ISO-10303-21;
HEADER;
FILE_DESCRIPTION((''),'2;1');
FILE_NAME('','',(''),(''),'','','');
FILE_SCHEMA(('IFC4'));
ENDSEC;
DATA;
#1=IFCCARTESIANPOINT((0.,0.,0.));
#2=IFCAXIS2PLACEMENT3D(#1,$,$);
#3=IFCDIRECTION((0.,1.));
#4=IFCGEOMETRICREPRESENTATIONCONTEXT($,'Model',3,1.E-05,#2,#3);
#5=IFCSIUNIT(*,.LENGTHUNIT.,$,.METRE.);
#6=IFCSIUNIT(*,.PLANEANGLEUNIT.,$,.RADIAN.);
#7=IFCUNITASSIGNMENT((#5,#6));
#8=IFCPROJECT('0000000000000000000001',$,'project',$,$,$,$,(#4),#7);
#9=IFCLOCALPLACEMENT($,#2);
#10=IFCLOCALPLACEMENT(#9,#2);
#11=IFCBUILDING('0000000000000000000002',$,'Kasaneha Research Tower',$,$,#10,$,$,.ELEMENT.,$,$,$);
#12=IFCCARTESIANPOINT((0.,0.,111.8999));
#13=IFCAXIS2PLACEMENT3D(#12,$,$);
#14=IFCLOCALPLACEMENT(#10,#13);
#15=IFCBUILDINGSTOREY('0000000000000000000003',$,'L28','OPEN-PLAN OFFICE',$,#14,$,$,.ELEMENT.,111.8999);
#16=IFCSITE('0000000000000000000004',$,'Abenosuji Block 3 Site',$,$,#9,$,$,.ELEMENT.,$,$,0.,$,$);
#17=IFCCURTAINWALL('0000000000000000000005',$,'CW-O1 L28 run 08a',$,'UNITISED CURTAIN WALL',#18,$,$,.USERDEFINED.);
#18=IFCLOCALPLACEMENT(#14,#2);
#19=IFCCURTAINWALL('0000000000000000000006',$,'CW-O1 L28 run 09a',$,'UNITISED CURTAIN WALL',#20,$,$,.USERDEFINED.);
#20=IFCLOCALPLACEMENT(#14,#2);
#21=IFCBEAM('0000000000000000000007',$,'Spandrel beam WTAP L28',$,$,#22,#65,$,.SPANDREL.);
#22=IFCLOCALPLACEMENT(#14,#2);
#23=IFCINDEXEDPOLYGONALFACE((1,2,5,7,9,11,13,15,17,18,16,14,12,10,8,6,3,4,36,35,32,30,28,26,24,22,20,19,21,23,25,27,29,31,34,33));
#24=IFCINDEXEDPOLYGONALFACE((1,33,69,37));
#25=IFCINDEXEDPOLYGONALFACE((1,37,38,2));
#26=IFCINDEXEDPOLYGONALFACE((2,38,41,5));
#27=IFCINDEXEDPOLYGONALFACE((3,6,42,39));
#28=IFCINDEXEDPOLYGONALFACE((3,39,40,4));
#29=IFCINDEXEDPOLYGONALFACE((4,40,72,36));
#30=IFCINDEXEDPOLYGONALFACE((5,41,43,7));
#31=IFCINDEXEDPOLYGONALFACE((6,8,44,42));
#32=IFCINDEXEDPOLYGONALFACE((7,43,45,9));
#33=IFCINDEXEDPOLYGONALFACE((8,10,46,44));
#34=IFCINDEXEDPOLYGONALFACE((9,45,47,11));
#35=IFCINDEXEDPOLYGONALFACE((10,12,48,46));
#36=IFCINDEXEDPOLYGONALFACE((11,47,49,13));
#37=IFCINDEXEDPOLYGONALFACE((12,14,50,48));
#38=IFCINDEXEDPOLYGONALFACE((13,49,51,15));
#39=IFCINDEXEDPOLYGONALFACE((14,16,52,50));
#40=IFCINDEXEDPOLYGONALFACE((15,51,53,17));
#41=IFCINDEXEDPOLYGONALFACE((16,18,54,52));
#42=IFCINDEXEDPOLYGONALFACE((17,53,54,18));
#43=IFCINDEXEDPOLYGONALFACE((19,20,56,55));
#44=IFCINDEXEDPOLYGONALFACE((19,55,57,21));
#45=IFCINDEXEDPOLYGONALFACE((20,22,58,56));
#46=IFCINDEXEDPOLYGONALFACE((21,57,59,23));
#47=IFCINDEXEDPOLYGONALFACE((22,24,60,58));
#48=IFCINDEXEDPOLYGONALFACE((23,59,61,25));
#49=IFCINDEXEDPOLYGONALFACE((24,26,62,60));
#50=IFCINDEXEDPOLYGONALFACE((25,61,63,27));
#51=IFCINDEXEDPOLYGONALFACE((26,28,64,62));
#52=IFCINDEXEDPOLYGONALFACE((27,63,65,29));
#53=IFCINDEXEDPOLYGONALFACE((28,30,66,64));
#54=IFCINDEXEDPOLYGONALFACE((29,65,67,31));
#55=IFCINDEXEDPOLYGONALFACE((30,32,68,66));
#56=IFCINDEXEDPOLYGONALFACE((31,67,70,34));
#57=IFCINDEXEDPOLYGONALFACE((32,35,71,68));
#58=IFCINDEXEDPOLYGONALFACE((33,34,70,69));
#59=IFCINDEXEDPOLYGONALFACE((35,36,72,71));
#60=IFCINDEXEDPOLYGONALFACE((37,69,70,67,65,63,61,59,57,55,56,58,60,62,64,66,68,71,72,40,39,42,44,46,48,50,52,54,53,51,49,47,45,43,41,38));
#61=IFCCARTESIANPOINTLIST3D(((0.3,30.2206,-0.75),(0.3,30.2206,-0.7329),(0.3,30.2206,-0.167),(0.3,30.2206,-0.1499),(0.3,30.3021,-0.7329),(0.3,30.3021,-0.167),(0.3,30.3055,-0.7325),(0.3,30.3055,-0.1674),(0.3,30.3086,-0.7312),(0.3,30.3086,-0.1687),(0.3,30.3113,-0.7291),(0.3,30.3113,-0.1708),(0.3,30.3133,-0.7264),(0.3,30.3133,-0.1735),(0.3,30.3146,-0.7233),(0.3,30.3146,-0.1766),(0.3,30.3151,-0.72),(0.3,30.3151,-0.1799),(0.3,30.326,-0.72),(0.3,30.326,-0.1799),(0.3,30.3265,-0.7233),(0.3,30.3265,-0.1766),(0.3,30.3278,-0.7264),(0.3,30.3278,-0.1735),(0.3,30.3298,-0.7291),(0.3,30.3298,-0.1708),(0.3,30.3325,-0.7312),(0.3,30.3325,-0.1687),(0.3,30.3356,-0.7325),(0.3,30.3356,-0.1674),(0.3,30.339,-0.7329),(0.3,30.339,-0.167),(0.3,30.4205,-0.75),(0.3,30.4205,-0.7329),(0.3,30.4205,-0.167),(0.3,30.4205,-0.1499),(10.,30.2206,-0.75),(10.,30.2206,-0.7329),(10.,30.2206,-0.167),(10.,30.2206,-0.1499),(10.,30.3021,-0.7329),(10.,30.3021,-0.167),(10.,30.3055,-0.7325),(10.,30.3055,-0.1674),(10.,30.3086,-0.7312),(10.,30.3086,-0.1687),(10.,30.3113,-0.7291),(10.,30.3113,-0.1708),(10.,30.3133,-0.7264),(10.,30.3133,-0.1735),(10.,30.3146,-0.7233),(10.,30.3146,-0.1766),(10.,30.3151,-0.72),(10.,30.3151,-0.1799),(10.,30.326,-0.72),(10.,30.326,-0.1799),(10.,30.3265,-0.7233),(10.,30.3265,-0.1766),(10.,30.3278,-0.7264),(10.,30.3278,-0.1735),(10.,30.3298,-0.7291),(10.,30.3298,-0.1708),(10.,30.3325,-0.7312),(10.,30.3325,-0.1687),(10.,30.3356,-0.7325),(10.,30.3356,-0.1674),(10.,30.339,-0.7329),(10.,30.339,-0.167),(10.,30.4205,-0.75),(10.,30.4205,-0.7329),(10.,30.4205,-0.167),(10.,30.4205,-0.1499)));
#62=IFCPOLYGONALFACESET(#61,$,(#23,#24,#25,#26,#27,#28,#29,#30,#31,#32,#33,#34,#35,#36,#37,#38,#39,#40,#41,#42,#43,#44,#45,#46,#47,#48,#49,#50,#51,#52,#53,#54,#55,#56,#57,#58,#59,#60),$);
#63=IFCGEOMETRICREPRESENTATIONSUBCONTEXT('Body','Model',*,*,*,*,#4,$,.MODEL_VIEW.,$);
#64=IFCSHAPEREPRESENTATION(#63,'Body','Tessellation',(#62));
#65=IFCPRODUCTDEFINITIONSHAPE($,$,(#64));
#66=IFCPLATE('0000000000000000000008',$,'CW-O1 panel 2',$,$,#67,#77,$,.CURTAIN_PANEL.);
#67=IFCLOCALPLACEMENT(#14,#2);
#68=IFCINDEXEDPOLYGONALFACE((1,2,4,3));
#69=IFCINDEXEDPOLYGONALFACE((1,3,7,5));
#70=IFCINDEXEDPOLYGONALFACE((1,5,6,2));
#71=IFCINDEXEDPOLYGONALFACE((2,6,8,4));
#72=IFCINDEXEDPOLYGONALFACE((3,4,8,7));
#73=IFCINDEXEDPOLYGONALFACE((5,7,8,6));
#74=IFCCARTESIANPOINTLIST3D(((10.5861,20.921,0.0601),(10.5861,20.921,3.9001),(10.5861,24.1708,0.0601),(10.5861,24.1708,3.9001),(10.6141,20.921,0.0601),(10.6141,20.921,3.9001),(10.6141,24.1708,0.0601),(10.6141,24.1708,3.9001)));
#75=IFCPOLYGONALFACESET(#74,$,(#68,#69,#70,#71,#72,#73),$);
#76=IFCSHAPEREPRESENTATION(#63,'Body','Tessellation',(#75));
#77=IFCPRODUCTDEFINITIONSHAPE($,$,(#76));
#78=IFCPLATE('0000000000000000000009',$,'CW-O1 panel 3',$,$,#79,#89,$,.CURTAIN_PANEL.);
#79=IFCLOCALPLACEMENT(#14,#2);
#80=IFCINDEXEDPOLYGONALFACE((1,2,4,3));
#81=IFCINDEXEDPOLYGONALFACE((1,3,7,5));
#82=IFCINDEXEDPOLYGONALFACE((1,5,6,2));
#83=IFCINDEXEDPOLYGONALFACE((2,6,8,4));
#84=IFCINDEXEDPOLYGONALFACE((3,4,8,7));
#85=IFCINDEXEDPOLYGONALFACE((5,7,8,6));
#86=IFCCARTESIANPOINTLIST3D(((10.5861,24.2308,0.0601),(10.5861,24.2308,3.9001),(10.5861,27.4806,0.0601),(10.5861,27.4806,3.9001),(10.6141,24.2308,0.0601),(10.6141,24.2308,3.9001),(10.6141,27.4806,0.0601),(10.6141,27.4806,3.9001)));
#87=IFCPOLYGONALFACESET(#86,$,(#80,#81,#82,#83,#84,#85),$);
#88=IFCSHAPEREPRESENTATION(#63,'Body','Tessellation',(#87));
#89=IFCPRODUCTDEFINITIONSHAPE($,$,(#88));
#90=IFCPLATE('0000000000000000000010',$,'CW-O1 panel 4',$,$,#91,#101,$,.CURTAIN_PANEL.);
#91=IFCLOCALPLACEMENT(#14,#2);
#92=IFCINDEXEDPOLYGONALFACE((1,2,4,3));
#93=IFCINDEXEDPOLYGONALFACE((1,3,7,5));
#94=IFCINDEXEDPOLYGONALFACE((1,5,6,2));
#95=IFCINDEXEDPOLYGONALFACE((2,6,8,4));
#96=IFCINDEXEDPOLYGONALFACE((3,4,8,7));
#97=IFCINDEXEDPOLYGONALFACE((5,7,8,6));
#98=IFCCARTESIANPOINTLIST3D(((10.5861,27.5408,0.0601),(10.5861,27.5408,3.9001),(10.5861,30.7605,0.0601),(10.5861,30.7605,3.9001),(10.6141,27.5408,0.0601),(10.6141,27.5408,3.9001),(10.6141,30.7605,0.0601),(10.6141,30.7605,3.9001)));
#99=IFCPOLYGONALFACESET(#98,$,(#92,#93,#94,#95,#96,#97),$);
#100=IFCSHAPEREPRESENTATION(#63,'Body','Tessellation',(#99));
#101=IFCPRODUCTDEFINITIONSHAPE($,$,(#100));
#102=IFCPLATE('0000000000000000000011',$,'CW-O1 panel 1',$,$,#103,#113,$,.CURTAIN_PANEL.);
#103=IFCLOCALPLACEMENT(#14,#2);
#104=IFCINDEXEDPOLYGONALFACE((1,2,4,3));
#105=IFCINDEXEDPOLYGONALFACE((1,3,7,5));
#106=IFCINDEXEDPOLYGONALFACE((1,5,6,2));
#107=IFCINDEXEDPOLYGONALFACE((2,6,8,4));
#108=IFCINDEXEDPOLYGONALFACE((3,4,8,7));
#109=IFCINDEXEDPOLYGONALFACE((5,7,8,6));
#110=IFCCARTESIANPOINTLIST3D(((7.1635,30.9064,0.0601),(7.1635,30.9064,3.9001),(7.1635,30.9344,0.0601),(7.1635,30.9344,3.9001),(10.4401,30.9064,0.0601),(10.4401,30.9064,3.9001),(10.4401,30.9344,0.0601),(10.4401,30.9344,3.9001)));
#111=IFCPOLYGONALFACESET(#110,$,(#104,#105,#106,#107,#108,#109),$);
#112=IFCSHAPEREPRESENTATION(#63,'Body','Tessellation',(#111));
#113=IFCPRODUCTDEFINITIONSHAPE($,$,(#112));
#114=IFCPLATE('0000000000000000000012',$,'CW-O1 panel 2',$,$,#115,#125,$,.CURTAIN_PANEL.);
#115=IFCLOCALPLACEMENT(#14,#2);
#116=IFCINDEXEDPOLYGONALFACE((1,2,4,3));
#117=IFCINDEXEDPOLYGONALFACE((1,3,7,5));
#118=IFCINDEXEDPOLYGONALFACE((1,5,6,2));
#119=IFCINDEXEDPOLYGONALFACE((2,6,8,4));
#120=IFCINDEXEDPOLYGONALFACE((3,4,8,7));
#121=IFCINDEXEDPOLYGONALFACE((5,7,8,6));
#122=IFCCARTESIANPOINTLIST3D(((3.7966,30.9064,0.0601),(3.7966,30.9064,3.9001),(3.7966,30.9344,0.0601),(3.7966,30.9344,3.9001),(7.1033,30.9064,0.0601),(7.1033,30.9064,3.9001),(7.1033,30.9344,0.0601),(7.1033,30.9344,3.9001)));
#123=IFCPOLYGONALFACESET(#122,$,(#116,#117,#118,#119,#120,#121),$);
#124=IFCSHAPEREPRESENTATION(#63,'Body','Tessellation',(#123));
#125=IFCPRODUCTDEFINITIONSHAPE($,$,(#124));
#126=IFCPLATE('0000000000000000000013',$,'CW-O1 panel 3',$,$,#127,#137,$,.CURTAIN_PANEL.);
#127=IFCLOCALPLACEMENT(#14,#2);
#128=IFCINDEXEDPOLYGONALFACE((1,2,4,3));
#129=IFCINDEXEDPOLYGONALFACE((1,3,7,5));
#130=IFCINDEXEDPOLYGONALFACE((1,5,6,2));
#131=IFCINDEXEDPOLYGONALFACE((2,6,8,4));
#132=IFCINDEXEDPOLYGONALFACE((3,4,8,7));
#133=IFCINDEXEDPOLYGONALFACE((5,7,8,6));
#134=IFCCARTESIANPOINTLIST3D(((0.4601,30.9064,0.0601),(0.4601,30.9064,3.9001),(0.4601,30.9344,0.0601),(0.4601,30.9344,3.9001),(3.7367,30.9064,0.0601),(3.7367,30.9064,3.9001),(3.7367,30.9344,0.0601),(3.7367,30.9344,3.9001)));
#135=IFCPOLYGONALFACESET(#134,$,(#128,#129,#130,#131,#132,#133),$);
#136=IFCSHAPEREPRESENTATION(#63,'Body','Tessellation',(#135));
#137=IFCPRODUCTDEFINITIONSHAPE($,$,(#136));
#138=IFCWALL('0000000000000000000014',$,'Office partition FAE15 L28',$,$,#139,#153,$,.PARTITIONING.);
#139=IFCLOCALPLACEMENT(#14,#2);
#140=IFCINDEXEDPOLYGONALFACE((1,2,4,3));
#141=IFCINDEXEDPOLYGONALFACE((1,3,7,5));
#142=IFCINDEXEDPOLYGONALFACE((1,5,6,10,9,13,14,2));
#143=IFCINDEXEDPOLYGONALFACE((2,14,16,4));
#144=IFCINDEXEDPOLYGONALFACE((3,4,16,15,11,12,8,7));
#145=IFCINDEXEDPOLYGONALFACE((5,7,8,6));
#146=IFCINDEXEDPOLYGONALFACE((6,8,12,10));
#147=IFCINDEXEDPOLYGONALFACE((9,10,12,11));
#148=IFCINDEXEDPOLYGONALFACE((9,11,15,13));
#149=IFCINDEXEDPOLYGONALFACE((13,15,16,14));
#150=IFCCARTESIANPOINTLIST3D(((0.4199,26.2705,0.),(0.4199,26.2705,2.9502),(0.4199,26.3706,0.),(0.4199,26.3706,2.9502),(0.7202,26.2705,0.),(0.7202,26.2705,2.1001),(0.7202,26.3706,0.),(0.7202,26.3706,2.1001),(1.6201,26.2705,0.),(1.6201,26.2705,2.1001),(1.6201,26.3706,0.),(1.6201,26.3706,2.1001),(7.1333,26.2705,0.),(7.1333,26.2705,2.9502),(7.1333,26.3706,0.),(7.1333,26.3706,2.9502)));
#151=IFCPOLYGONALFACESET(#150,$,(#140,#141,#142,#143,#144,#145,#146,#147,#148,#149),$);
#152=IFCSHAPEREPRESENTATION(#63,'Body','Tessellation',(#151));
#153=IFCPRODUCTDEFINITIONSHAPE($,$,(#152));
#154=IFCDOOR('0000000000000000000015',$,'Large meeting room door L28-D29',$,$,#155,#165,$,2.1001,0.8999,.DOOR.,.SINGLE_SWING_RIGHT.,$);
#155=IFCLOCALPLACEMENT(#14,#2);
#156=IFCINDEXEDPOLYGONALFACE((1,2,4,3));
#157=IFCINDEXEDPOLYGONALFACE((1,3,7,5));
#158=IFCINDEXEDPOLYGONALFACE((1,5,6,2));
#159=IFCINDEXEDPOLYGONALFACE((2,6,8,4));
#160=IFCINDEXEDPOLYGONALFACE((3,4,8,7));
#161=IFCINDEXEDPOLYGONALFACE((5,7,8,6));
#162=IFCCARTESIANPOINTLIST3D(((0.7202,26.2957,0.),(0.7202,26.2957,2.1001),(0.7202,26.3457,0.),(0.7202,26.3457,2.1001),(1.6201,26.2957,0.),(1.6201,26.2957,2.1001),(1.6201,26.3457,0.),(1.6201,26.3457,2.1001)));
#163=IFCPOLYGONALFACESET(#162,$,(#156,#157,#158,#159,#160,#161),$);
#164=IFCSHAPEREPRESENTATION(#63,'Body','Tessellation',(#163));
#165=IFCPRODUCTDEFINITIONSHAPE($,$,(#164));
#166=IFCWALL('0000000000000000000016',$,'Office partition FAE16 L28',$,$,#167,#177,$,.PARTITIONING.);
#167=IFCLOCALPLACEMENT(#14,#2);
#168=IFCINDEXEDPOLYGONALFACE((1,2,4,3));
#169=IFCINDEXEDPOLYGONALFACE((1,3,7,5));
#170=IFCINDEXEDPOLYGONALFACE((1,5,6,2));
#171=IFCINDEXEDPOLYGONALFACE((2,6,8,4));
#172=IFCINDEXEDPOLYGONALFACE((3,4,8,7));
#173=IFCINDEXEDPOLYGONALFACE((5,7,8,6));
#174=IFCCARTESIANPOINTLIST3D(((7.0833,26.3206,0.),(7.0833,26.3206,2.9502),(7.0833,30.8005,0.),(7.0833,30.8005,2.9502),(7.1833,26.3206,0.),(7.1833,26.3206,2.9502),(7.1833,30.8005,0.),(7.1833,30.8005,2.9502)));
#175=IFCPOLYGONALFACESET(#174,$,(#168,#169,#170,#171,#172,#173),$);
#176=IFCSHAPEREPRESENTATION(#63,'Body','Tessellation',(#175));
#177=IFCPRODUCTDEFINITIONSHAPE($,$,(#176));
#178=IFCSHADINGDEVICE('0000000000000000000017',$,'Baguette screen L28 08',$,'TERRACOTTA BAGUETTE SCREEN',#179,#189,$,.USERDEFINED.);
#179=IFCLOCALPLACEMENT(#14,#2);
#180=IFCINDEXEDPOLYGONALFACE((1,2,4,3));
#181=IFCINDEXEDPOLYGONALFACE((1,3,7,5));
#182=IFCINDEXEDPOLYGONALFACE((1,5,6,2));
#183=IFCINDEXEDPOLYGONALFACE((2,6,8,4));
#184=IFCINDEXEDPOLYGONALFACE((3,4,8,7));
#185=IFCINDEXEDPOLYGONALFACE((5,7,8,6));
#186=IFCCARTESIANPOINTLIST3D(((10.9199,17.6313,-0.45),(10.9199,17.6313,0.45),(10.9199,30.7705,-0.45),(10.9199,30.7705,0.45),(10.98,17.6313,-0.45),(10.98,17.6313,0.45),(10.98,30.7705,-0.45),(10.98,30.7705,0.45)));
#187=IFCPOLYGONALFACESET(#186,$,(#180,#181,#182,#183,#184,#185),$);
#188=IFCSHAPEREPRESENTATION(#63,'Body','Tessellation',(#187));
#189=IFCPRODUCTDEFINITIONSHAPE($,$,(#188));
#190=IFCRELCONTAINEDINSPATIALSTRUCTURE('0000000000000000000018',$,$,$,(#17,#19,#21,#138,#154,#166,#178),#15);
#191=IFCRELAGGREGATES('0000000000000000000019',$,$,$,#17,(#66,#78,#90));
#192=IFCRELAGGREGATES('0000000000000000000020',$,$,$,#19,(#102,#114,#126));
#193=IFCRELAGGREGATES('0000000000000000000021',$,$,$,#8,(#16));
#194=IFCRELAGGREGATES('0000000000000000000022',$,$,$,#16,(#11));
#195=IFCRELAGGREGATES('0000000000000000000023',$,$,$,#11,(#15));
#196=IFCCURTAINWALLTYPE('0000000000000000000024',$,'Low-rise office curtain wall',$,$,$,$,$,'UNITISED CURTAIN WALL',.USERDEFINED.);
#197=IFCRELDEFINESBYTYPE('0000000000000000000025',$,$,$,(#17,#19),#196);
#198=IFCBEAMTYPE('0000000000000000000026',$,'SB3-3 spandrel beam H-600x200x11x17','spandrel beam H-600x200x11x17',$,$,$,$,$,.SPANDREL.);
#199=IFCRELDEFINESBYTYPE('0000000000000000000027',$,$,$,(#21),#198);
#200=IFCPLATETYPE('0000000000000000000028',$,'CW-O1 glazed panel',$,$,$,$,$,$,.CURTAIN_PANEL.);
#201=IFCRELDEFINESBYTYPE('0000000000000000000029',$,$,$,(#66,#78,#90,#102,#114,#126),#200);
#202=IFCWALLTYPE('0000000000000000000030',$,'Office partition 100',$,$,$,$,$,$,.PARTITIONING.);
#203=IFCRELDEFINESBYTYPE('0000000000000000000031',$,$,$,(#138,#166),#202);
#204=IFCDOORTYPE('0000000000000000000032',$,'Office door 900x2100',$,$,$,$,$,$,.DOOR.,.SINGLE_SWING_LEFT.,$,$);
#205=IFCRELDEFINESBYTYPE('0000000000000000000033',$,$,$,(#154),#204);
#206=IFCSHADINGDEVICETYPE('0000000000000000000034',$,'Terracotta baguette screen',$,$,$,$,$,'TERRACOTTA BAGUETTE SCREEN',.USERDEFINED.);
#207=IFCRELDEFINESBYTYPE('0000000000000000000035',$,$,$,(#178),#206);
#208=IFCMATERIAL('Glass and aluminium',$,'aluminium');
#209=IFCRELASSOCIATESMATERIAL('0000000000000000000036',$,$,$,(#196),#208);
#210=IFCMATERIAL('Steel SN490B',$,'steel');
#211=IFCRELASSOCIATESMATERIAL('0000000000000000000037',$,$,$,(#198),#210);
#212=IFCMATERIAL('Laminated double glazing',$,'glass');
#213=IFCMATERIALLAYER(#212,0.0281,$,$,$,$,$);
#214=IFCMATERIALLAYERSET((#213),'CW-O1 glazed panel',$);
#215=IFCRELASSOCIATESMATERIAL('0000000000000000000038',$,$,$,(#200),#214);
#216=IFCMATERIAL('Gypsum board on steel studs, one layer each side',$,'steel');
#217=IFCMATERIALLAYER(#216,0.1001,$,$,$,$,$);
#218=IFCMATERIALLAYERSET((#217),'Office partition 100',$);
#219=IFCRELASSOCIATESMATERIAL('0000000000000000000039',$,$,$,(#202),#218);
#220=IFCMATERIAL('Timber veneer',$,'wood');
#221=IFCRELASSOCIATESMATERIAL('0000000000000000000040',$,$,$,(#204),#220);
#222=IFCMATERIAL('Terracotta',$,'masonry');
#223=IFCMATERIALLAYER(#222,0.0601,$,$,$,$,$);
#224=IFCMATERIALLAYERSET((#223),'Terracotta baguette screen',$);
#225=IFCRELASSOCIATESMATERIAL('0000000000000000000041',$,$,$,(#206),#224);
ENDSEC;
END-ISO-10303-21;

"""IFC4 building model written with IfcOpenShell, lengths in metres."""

from ifc_helpers import new_model, si_unit, direction, frame, frame_2d, origin, origin_2d, place, context, subcontext, project, spatial, rectangle, i_section, extrude, material, layer, layer_set, material_profile, profile_set, type_object, element, fill, aggregate, save


model = new_model("IFC4")

# Units and contexts
model_context = context("Model", 3, precision=1e-05, world=origin(), true_north=direction((0.0, 1.0)))
body_context = subcontext(model_context, "Body", "Model", "MODEL_VIEW")
ifc_project = project(units=[si_unit("LENGTHUNIT", "METRE"), si_unit("PLANEANGLEUNIT", "RADIAN")], contexts=[model_context])

# Site, building, storey
site_placement = place(None, origin())
site = spatial("IfcSite", under=ifc_project, at=site_placement, Name="Abenosuji Block 3 Site", CompositionType="ELEMENT", RefElevation=0.0)
building_placement = place(site_placement, origin())
building = spatial("IfcBuilding", under=site, at=building_placement, Name="Kasaneha Research Tower", CompositionType="ELEMENT")
storey_placement = place(building_placement, frame((0.0, 0.0, 111.8999)))
storey = spatial("IfcBuildingStorey", under=building, at=storey_placement, Name="L28", Description="OPEN-PLAN OFFICE", CompositionType="ELEMENT", Elevation=111.8999)

# Curtain walls
ifc_material_1 = material(Name="Glass and aluminium", Category="aluminium")
curtain_wall_type = type_object("IfcCurtainWallType", Name="Low-rise office curtain wall", ElementType="UNITISED CURTAIN WALL", PredefinedType="USERDEFINED", material=ifc_material_1)
curtain_wall_1_placement = place(storey_placement, origin())
curtain_wall_1 = element("IfcCurtainWall", 1, at=curtain_wall_1_placement, inside=storey, type_object=curtain_wall_type, Name="CW-O1 L28 run 08a", ObjectType="UNITISED CURTAIN WALL", PredefinedType="USERDEFINED")
curtain_wall_2_placement = place(storey_placement, origin())
curtain_wall_2 = element("IfcCurtainWall", 2, at=curtain_wall_2_placement, inside=storey, type_object=curtain_wall_type, Name="CW-O1 L28 run 09a", ObjectType="UNITISED CURTAIN WALL", PredefinedType="USERDEFINED")

# Beam
ifc_material_2 = material(Name="Steel SN490B", Category="steel")
ifc_material_profile_1 = material_profile(ifc_material_2, i_section(OverallWidth=0.2, OverallDepth=0.6001, WebThickness=0.011, FlangeThickness=0.0171, FilletRadius=0.0129, at=origin_2d()), Name="H-600x200x11x17")
ifc_profile_set_1 = profile_set([ifc_material_profile_1], Name="Steel SN490B")
beam_type_1 = type_object("IfcBeamType", Name="SB3-3 spandrel beam H-600x200x11x17", Description="spandrel beam H-600x200x11x17", PredefinedType="SPANDREL", material=ifc_profile_set_1)
beam_1_placement = place(storey_placement, frame((10.0, 30.3206, -0.45), z_axis=(-1.0, 0.0, 0.0), x_axis=(0.0, -1.0, 0.0)))
element("IfcBeam", 3, at=beam_1_placement, inside=storey, type_object=beam_type_1, Name="Spandrel beam WTAP L28", PredefinedType="SPANDREL", context=body_context, shape_type="SweptSolid", body=[
    extrude(i_section(OverallWidth=0.2, OverallDepth=0.6001, WebThickness=0.011, FlangeThickness=0.0171, FilletRadius=0.0129, at=origin_2d()), origin(), (0.0, 0.0, 1.0), 9.7),
])

# Plates
ifc_material_3 = material(Name="Laminated double glazing", Category="glass")
ifc_layer_1 = layer(ifc_material_3, 0.0281)
ifc_layer_set_1 = layer_set([ifc_layer_1], Name="CW-O1 glazed panel")
plate_type = type_object("IfcPlateType", Name="CW-O1 glazed panel", PredefinedType="CURTAIN_PANEL", material=ifc_layer_set_1)
plate_1_placement = place(storey_placement, frame((10.6001, 22.5459, 0.0601), z_axis=(0.0, 0.0, 1.0), x_axis=(0.0, 1.0, 0.0)))
plate_1 = element("IfcPlate", 4, at=plate_1_placement, type_object=plate_type, Name="CW-O1 panel 2", PredefinedType="CURTAIN_PANEL", context=body_context, shape_type="SweptSolid", body=[
    extrude(rectangle(XDim=3.2498, YDim=0.0281, at=origin_2d()), origin(), (0.0, 0.0, 1.0), 3.8401),
])
plate_2_placement = place(storey_placement, frame((10.6001, 25.8557, 0.0601), z_axis=(0.0, 0.0, 1.0), x_axis=(0.0, 1.0, 0.0)))
plate_2 = element("IfcPlate", 5, at=plate_2_placement, type_object=plate_type, Name="CW-O1 panel 3", PredefinedType="CURTAIN_PANEL", context=body_context, shape_type="SweptSolid", body=[
    extrude(rectangle(XDim=3.2498, YDim=0.0281, at=origin_2d()), origin(), (0.0, 0.0, 1.0), 3.8401),
])
plate_3_placement = place(storey_placement, frame((10.6001, 29.1506, 0.0601), z_axis=(0.0, 0.0, 1.0), x_axis=(0.0, 1.0, 0.0)))
plate_3 = element("IfcPlate", 6, at=plate_3_placement, type_object=plate_type, Name="CW-O1 panel 4", PredefinedType="CURTAIN_PANEL", context=body_context, shape_type="SweptSolid", body=[
    extrude(rectangle(XDim=3.2197, YDim=0.0281, at=origin_2d()), origin(), (0.0, 0.0, 1.0), 3.8401),
])
aggregate(curtain_wall_1, [plate_1, plate_2, plate_3])
plate_4_placement = place(storey_placement, frame((8.8018, 30.9204, 0.0601), z_axis=(0.0, 0.0, 1.0), x_axis=(-1.0, 0.0, 0.0)))
plate_4 = element("IfcPlate", 7, at=plate_4_placement, type_object=plate_type, Name="CW-O1 panel 1", PredefinedType="CURTAIN_PANEL", context=body_context, shape_type="SweptSolid", body=[
    extrude(rectangle(XDim=3.2766, YDim=0.0281, at=origin_2d()), origin(), (0.0, 0.0, 1.0), 3.8401),
])
plate_5_placement = place(storey_placement, frame((5.45, 30.9204, 0.0601), z_axis=(0.0, 0.0, 1.0), x_axis=(-1.0, 0.0, 0.0)))
plate_5 = element("IfcPlate", 8, at=plate_5_placement, type_object=plate_type, Name="CW-O1 panel 2", PredefinedType="CURTAIN_PANEL", context=body_context, shape_type="SweptSolid", body=[
    extrude(rectangle(XDim=3.3066, YDim=0.0281, at=origin_2d()), origin(), (0.0, 0.0, 1.0), 3.8401),
])
plate_6_placement = place(storey_placement, frame((2.0984, 30.9204, 0.0601), z_axis=(0.0, 0.0, 1.0), x_axis=(-1.0, 0.0, 0.0)))
plate_6 = element("IfcPlate", 9, at=plate_6_placement, type_object=plate_type, Name="CW-O1 panel 3", PredefinedType="CURTAIN_PANEL", context=body_context, shape_type="SweptSolid", body=[
    extrude(rectangle(XDim=3.2766, YDim=0.0281, at=origin_2d()), origin(), (0.0, 0.0, 1.0), 3.8401),
])
aggregate(curtain_wall_2, [plate_4, plate_5, plate_6])

# Wall, opening, door
ifc_material_4 = material(Name="Gypsum board on steel studs, one layer each side", Category="steel")
ifc_layer_2 = layer(ifc_material_4, 0.1001)
ifc_layer_set_2 = layer_set([ifc_layer_2], Name="Office partition 100")
wall_type = type_object("IfcWallType", Name="Office partition 100", PredefinedType="PARTITIONING", material=ifc_layer_set_2)
wall_1_placement = place(storey_placement, frame((7.1333, 26.3206, 0.0), z_axis=(0.0, 0.0, 1.0), x_axis=(-1.0, 0.0, 0.0)))
wall_1 = element("IfcWall", 10, at=wall_1_placement, inside=storey, type_object=wall_type, Name="Office partition FAE15 L28", PredefinedType="PARTITIONING", context=body_context, shape_type="SweptSolid", body=[
    extrude(rectangle(XDim=6.7134, YDim=0.1001, at=frame_2d((3.3567, 0.0))), origin(), (0.0, 0.0, 1.0), 2.9502),
])
opening_placement = place(wall_1_placement, frame((5.5132, 0.0, 0.0)))
opening = element("IfcOpeningElement", 11, at=opening_placement, cuts=wall_1, PredefinedType="OPENING", context=body_context, shape_type="SweptSolid", body=[
    extrude(rectangle(XDim=0.8999, YDim=2.1001, at=frame_2d((0.45, 1.05))), frame((0.0, 0.0601, 0.0), z_axis=(0.0, -1.0, 0.0), x_axis=(1.0, 0.0, 0.0)), (0.0, 0.0, 1.0), 0.1201),
])
ifc_material_5 = material(Name="Timber veneer", Category="wood")
door_type = type_object("IfcDoorType", Name="Office door 900x2100", OperationType="SINGLE_SWING_LEFT", PredefinedType="DOOR", material=ifc_material_5)
door_placement = place(opening_placement, origin())
door = element("IfcDoor", 12, at=door_placement, inside=storey, type_object=door_type, Name="Large meeting room door L28-D29", OperationType="SINGLE_SWING_RIGHT", OverallHeight=2.1001, OverallWidth=0.8999, PredefinedType="DOOR", context=body_context, shape_type="SweptSolid", body=[
    extrude(rectangle(XDim=0.8999, YDim=2.1001, at=frame_2d((0.45, 1.05))), frame((0.0, 0.0249, 0.0), z_axis=(0.0, -1.0, 0.0), x_axis=(1.0, 0.0, 0.0)), (0.0, 0.0, 1.0), 0.05),
])
fill(opening, door)

# Wall
wall_2_placement = place(storey_placement, frame((7.1333, 30.8005, 0.0), z_axis=(0.0, 0.0, 1.0), x_axis=(0.0, -1.0, 0.0)))
element("IfcWall", 13, at=wall_2_placement, inside=storey, type_object=wall_type, Name="Office partition FAE16 L28", PredefinedType="PARTITIONING", context=body_context, shape_type="SweptSolid", body=[
    extrude(rectangle(XDim=4.48, YDim=0.1001, at=frame_2d((2.24, 0.0))), origin(), (0.0, 0.0, 1.0), 2.9502),
])

# Shading device
ifc_material_6 = material(Name="Terracotta", Category="masonry")
ifc_layer_3 = layer(ifc_material_6, 0.0601)
ifc_layer_set_3 = layer_set([ifc_layer_3], Name="Terracotta baguette screen")
shading_device_type = type_object("IfcShadingDeviceType", Name="Terracotta baguette screen", ElementType="TERRACOTTA BAGUETTE SCREEN", PredefinedType="USERDEFINED", material=ifc_layer_set_3)
shading_device_1_placement = place(storey_placement, frame((10.95, 24.2009, -0.45), z_axis=(0.0, 0.0, 1.0), x_axis=(0.0, 1.0, 0.0)))
element("IfcShadingDevice", 14, at=shading_device_1_placement, inside=storey, type_object=shading_device_type, Name="Baguette screen L28 08", ObjectType="TERRACOTTA BAGUETTE SCREEN", PredefinedType="USERDEFINED", context=body_context, shape_type="SweptSolid", body=[
    extrude(rectangle(XDim=13.1392, YDim=0.0601, at=origin_2d()), origin(), (0.0, 0.0, 1.0), 0.8999),
])

save(model, "model.ifc")
